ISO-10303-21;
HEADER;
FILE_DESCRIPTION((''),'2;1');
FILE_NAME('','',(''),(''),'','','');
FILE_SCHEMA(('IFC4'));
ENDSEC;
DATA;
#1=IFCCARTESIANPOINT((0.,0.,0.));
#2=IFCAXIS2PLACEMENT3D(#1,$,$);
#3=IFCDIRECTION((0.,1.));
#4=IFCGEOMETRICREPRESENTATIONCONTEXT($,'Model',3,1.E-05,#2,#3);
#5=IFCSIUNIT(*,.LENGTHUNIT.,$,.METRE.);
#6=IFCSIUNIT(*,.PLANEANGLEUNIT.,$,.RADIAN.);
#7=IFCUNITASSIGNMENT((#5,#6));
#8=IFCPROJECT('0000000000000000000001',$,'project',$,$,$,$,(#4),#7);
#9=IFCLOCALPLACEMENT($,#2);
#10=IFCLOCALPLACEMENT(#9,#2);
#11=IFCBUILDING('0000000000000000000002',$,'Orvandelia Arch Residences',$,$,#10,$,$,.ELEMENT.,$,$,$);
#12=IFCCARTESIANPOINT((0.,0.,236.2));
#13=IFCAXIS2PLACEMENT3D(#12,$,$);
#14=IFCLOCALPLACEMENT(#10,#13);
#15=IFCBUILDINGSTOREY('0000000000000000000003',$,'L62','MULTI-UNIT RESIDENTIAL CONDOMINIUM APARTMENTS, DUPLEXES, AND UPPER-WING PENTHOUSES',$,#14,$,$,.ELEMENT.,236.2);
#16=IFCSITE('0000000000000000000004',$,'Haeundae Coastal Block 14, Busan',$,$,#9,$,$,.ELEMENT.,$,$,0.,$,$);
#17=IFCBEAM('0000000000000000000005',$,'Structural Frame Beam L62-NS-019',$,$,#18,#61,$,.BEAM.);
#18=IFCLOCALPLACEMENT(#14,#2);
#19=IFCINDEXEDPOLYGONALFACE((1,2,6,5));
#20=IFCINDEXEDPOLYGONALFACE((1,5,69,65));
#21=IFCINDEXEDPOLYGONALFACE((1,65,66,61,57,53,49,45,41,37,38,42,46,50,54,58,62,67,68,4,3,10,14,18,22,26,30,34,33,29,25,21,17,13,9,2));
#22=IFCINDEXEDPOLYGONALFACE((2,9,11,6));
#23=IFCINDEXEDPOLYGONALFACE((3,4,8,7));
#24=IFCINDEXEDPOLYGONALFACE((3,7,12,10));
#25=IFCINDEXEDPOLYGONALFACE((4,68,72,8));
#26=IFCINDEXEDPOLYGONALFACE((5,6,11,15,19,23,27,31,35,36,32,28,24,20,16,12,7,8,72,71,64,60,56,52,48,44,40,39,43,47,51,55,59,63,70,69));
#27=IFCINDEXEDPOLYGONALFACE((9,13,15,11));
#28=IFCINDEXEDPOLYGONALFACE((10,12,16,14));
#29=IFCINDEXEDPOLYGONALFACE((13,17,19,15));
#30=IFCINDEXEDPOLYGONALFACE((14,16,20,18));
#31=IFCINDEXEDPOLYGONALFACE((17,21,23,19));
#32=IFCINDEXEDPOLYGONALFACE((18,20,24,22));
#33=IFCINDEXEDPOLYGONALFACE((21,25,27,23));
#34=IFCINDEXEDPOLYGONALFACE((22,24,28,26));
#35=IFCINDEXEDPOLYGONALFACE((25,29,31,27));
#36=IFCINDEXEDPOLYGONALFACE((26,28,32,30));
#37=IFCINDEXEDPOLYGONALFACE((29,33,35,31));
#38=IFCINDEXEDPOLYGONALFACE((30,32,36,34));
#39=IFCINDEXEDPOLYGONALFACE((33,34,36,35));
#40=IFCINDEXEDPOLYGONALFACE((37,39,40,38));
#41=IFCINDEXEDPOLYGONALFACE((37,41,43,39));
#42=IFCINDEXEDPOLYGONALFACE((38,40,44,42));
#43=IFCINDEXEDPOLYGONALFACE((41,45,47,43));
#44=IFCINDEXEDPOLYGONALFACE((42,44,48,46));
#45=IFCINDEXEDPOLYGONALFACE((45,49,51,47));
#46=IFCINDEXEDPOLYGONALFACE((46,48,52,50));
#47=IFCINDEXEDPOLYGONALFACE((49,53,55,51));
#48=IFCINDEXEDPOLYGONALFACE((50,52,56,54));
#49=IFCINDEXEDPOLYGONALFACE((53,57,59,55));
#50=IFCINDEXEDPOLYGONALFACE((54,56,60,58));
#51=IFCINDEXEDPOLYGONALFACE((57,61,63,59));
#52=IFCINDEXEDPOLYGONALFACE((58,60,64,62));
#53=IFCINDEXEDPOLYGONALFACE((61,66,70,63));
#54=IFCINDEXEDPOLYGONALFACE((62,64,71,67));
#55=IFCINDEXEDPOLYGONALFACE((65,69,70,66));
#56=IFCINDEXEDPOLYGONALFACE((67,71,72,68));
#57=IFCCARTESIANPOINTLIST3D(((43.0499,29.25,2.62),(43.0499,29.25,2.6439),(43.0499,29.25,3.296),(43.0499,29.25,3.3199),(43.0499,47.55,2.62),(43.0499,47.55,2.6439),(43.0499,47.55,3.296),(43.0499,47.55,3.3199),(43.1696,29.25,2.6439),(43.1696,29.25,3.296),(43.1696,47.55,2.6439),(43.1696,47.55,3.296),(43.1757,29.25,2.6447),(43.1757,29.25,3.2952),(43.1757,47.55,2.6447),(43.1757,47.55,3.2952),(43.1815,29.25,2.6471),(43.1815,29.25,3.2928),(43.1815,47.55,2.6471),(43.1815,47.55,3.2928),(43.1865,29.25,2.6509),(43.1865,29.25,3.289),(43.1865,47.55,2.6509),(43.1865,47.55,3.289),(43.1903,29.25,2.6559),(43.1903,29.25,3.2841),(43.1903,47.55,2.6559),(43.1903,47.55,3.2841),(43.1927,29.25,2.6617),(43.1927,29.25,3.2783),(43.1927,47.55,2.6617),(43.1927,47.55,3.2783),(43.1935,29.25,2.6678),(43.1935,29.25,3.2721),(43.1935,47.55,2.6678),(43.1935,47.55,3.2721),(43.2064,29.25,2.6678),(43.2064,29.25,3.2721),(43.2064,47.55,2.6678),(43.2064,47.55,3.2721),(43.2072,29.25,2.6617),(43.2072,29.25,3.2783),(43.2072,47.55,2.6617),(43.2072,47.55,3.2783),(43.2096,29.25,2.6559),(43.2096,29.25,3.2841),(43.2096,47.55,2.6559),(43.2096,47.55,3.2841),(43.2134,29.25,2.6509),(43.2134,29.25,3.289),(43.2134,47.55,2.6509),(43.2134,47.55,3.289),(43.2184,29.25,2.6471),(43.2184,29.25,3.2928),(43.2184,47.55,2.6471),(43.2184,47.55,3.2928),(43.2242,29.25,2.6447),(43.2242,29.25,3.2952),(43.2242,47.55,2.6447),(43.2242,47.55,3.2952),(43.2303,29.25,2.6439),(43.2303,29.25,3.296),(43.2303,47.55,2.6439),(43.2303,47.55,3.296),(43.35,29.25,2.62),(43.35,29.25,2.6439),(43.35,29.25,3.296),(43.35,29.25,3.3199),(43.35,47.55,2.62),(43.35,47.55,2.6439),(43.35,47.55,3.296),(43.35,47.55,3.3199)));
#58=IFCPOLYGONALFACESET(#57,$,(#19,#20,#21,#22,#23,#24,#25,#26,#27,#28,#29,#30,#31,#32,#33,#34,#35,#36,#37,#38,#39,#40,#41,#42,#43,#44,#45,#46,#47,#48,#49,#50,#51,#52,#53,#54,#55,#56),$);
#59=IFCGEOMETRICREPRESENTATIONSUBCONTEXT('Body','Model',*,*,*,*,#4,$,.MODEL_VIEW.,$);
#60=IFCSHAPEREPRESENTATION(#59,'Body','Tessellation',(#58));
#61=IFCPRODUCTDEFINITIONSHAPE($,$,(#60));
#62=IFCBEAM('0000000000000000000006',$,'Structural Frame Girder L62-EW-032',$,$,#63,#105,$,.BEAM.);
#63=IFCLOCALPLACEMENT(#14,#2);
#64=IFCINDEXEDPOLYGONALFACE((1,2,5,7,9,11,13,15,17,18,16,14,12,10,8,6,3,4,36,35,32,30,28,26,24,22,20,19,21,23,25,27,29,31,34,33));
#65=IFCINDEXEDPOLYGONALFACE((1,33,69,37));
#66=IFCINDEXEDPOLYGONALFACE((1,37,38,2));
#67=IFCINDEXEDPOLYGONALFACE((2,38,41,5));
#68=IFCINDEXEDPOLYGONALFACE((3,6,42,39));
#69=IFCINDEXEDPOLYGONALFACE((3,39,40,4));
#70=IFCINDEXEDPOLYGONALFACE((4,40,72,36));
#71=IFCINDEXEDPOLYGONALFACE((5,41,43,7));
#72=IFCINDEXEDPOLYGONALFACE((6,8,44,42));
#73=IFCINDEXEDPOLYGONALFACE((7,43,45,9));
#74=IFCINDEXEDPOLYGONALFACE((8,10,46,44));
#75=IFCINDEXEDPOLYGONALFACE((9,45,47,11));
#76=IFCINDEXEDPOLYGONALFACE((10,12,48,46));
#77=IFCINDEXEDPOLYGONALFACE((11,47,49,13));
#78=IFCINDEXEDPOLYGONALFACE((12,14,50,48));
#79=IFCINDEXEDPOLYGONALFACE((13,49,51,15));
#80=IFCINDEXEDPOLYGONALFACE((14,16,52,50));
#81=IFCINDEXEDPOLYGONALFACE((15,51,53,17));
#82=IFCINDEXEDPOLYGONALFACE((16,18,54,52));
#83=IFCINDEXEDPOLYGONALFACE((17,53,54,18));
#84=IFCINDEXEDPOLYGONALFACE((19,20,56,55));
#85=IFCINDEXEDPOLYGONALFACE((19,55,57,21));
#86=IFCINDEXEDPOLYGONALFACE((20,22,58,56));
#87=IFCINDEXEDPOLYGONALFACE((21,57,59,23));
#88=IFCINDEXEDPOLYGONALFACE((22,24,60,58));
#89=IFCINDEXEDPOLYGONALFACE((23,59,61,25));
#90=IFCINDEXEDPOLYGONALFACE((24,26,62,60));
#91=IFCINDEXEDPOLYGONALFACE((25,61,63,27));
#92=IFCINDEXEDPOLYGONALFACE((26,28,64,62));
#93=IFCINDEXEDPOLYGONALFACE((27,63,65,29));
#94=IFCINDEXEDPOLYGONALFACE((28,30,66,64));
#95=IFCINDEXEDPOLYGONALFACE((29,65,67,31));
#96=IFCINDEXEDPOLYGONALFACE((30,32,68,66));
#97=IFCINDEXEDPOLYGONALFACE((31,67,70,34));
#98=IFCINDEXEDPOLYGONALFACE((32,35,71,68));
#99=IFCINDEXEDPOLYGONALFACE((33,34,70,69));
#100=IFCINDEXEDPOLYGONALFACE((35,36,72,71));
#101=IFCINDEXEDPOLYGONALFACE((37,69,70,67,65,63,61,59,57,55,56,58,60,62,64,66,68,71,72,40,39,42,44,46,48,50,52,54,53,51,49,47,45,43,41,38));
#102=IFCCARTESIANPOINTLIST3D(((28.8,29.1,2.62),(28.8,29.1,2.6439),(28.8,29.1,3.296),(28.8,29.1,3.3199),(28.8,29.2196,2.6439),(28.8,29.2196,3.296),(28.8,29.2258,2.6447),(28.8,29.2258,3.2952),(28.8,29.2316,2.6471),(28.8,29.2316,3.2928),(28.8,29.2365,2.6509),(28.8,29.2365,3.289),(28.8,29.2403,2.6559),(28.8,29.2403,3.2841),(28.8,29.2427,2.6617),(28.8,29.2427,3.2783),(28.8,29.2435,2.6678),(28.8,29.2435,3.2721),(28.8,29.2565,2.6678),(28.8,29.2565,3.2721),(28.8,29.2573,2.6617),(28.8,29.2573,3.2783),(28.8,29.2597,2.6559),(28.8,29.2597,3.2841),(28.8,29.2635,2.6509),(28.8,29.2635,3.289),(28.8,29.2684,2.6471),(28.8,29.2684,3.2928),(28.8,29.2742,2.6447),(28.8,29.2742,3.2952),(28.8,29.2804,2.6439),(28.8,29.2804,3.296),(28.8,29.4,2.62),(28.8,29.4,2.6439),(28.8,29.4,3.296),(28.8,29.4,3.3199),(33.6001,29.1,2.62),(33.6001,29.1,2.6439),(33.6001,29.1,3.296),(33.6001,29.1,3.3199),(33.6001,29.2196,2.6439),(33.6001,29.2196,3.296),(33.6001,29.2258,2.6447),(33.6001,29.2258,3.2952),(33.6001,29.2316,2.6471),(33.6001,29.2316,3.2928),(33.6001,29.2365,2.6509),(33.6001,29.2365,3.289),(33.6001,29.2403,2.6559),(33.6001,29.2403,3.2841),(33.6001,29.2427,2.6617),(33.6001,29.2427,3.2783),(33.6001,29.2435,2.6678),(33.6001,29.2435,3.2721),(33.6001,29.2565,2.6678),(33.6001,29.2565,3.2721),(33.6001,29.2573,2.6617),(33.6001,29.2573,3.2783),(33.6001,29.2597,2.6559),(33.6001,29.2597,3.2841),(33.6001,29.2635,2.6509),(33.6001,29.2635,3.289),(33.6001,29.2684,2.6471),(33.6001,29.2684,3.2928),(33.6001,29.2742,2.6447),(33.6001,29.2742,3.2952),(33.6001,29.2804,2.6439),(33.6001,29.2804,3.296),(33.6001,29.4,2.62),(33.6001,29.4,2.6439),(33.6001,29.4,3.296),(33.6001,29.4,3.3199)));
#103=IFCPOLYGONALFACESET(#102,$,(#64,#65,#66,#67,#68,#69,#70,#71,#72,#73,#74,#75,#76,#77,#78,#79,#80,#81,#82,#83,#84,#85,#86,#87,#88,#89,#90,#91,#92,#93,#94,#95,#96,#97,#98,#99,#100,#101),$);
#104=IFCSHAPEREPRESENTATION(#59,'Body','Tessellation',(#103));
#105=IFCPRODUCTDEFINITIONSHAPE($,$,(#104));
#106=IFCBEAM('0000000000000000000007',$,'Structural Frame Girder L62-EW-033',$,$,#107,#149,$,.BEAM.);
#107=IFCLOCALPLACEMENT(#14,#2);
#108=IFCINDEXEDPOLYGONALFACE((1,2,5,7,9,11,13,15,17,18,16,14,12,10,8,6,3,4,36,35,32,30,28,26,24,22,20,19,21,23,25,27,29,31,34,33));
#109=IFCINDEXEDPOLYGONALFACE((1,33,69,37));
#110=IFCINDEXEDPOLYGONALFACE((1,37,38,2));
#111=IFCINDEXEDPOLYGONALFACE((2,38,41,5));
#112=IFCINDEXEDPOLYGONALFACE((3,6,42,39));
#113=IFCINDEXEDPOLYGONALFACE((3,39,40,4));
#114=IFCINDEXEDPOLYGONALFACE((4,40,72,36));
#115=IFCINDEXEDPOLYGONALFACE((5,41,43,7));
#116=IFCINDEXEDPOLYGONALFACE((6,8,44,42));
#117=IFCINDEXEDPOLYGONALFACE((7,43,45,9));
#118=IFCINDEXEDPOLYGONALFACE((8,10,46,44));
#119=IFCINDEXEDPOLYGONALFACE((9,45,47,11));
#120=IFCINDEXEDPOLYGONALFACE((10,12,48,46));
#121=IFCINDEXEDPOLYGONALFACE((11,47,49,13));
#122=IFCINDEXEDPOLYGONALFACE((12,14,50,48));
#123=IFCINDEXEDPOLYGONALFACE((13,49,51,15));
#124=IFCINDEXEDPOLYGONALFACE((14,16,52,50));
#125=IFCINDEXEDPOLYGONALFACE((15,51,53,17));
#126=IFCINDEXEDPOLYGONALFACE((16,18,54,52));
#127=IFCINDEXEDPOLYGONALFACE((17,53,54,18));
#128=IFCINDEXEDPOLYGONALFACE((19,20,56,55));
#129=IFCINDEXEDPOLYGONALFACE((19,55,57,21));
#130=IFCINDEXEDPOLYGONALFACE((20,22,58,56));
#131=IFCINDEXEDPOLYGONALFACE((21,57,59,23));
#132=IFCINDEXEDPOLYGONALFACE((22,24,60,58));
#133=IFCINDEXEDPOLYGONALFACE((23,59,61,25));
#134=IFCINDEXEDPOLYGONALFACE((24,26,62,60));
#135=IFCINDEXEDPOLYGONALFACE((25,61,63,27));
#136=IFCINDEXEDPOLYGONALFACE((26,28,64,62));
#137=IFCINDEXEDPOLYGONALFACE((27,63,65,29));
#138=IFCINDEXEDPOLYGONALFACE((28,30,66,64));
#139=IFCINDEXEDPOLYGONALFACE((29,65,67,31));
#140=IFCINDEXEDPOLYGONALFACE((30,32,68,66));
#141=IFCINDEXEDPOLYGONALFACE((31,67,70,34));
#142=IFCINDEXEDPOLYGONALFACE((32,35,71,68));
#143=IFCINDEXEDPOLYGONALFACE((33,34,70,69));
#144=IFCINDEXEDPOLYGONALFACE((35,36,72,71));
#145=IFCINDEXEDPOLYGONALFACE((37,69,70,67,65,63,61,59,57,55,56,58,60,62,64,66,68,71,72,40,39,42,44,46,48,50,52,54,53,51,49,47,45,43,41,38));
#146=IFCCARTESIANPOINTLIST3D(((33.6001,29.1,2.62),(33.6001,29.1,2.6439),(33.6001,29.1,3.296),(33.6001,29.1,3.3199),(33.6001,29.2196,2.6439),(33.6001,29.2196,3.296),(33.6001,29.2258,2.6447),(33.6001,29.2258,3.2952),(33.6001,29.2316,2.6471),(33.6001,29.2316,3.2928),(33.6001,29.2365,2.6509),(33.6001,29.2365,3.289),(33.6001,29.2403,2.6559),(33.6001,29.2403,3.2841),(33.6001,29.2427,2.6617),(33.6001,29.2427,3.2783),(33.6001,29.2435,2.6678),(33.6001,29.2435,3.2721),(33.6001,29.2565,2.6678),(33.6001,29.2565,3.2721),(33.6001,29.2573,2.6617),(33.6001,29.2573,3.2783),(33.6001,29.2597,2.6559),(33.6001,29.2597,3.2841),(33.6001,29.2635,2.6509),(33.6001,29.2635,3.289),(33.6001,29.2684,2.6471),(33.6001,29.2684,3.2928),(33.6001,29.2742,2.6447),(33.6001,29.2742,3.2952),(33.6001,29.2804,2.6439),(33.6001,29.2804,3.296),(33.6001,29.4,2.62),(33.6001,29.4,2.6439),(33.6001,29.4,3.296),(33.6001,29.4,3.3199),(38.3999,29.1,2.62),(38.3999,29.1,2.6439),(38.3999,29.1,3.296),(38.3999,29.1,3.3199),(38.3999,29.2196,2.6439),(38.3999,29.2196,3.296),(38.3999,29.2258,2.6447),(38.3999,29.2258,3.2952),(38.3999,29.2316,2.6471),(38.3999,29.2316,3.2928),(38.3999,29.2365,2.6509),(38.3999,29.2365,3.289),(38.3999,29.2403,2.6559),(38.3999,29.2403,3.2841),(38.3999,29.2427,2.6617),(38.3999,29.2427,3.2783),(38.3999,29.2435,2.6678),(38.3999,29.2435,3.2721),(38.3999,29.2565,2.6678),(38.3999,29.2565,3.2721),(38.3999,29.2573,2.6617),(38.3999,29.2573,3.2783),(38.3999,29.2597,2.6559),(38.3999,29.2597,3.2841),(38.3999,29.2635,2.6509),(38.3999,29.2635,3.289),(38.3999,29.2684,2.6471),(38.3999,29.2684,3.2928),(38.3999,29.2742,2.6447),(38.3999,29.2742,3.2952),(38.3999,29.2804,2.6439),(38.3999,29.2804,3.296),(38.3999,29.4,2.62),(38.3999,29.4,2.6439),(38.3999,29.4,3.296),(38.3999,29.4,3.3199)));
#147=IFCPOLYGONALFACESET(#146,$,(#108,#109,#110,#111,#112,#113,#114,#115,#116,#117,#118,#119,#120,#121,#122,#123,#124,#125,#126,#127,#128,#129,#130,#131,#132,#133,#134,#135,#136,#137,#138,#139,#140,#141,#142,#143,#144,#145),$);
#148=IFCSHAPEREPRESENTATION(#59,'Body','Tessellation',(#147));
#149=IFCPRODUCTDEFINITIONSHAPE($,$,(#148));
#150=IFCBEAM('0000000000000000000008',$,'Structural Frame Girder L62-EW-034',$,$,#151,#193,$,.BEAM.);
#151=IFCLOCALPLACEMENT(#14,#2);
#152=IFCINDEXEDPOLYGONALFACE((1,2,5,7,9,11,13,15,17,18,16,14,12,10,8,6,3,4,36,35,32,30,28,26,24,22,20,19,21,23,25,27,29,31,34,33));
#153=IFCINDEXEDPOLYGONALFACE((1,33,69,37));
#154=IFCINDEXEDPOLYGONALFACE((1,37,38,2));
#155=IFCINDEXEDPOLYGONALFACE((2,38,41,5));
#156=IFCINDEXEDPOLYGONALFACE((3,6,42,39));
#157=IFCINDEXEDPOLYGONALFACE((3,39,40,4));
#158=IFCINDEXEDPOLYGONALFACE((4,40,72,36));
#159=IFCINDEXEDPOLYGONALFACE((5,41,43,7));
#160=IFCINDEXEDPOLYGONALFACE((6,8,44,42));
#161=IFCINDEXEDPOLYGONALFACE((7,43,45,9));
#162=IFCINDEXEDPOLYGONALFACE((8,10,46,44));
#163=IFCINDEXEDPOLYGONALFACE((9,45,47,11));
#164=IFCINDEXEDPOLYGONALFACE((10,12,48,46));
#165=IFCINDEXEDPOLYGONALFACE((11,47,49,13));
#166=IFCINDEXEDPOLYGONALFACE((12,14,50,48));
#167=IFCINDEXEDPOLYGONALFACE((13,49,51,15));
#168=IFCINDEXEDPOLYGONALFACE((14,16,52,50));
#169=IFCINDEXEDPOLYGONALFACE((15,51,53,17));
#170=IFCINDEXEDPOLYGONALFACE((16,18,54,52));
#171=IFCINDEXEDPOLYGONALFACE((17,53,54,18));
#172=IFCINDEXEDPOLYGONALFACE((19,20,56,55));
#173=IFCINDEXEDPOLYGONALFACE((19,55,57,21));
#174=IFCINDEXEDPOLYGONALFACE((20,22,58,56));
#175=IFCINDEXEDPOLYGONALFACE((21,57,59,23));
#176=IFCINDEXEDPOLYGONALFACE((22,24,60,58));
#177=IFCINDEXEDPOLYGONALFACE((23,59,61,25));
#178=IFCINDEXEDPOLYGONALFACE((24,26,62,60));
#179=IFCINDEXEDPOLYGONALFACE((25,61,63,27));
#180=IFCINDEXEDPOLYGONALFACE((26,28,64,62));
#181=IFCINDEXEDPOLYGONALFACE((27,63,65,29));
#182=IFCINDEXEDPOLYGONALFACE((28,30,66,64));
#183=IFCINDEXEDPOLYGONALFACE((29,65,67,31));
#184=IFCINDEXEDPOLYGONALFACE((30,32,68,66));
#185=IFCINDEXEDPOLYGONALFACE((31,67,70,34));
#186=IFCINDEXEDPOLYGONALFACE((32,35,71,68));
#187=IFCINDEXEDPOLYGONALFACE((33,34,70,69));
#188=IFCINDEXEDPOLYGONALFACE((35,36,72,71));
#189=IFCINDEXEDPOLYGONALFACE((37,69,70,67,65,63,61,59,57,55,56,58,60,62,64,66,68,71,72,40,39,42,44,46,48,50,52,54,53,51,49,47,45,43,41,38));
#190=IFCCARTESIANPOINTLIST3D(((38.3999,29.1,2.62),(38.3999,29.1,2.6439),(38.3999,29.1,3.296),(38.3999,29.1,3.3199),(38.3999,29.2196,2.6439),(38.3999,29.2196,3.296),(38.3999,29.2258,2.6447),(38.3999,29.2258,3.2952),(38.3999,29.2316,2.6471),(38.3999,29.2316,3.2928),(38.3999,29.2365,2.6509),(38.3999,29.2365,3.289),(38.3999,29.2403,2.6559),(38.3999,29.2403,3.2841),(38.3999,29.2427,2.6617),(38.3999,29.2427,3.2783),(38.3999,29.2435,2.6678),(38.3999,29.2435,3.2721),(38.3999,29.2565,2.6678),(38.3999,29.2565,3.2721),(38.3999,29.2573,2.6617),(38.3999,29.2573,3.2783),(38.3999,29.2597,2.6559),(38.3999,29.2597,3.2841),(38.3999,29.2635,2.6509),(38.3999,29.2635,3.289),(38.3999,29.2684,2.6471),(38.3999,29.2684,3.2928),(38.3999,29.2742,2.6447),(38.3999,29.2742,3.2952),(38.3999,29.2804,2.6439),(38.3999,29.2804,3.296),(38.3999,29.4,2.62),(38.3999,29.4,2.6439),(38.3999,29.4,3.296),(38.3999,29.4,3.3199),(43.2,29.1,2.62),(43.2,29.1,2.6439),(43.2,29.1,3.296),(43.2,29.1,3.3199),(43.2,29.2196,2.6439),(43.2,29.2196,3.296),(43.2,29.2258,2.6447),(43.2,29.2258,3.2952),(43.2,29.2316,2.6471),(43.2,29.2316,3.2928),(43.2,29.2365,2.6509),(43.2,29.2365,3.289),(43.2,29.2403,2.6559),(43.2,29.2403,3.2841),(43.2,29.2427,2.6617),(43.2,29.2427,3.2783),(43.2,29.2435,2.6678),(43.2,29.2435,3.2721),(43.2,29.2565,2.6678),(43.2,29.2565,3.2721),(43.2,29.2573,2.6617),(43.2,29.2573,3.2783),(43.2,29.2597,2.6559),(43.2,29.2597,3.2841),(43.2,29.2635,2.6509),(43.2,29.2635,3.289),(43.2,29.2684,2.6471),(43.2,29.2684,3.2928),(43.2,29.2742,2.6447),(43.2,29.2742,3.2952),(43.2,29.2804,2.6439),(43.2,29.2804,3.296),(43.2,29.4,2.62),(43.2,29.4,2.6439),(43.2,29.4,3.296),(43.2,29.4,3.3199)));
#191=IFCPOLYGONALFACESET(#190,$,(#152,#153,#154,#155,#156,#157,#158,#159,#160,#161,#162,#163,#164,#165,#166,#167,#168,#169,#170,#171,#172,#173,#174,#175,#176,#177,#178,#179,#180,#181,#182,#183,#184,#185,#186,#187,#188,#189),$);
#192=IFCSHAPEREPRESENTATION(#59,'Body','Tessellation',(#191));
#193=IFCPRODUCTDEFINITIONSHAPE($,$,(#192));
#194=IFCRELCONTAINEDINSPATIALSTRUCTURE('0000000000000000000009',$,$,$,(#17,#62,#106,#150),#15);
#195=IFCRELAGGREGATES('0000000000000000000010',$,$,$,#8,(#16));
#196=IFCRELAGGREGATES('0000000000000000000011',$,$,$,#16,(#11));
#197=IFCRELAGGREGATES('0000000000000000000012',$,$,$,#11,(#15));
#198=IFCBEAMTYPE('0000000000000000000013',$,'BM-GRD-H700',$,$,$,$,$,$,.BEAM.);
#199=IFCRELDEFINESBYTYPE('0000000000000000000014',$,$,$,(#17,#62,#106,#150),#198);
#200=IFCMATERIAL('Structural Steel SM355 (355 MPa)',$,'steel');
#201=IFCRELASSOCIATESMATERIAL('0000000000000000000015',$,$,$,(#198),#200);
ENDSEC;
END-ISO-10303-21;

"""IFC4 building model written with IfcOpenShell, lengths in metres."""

from ifc_helpers import new_model, si_unit, direction, frame, origin, origin_2d, place, context, subcontext, project, spatial, i_section, extrude, material, material_profile, profile_set, type_object, element, save


model = new_model("IFC4")

# Units and contexts
model_context = context("Model", 3, precision=1e-05, world=origin(), true_north=direction((0.0, 1.0)))
body_context = subcontext(model_context, "Body", "Model", "MODEL_VIEW")
ifc_project = project(units=[si_unit("LENGTHUNIT", "METRE"), si_unit("PLANEANGLEUNIT", "RADIAN")], contexts=[model_context])

# Site, building, storey
site_placement = place(None, origin())
site = spatial("IfcSite", under=ifc_project, at=site_placement, Name="Haeundae Coastal Block 14, Busan", CompositionType="ELEMENT", RefElevation=0.0)
building_placement = place(site_placement, origin())
building = spatial("IfcBuilding", under=site, at=building_placement, Name="Orvandelia Arch Residences", CompositionType="ELEMENT")
storey_placement = place(building_placement, frame((0.0, 0.0, 236.2)))
storey = spatial("IfcBuildingStorey", under=building, at=storey_placement, Name="L62", Description="MULTI-UNIT RESIDENTIAL CONDOMINIUM APARTMENTS, DUPLEXES, AND UPPER-WING PENTHOUSES", CompositionType="ELEMENT", Elevation=236.2)

# Beams
ifc_material_1 = material(Name="Structural Steel SM355 (355 MPa)", Category="steel")
ifc_material_profile_1 = material_profile(ifc_material_1, i_section(OverallWidth=0.3, OverallDepth=0.7, WebThickness=0.0129, FlangeThickness=0.0239, FilletRadius=0.0239, at=origin_2d()), Name="Structural Steel SM355 (355 MPa)", Category="steel")
ifc_profile_set_1 = profile_set([ifc_material_profile_1], Name="Structural Steel SM355 (355 MPa)")
beam_type = type_object("IfcBeamType", Name="BM-GRD-H700", PredefinedType="BEAM", material=ifc_profile_set_1)
for number, where, z_axis, x_axis, name in (
    (1, (43.2, 29.25, 2.97), (0.0, 1.0, 0.0), (-1.0, 0.0, 0.0), "Structural Frame Beam L62-NS-019"),
):
    element("IfcBeam", number, at=place(storey_placement, frame(where, z_axis=z_axis, x_axis=x_axis)), inside=storey, type_object=beam_type, Name=name, PredefinedType="BEAM", context=body_context, shape_type="SweptSolid", body=[
        extrude(i_section(OverallWidth=0.3, OverallDepth=0.7, WebThickness=0.0129, FlangeThickness=0.0239, FilletRadius=0.0239, at=origin_2d()), origin(), (0.0, 0.0, 1.0), 18.3),
    ])
beam_1_placement = place(storey_placement, frame((28.8, 29.25, 2.97), z_axis=(1.0, 0.0, 0.0), x_axis=(0.0, 1.0, 0.0)))
element("IfcBeam", 2, at=beam_1_placement, inside=storey, type_object=beam_type, Name="Structural Frame Girder L62-EW-032", PredefinedType="BEAM", context=body_context, shape_type="SweptSolid", body=[
    extrude(i_section(OverallWidth=0.3, OverallDepth=0.7, WebThickness=0.0129, FlangeThickness=0.0239, FilletRadius=0.0239, at=origin_2d()), origin(), (0.0, 0.0, 1.0), 4.8),
])
beam_2_placement = place(storey_placement, frame((33.6001, 29.25, 2.97), z_axis=(1.0, 0.0, 0.0), x_axis=(0.0, 1.0, 0.0)))
element("IfcBeam", 3, at=beam_2_placement, inside=storey, type_object=beam_type, Name="Structural Frame Girder L62-EW-033", PredefinedType="BEAM", context=body_context, shape_type="SweptSolid", body=[
    extrude(i_section(OverallWidth=0.3, OverallDepth=0.7, WebThickness=0.0129, FlangeThickness=0.0239, FilletRadius=0.0239, at=origin_2d()), origin(), (0.0, 0.0, 1.0), 4.7998),
])
for number, where, z_axis, x_axis, name in (
    (4, (38.3999, 29.25, 2.97), (1.0, 0.0, 0.0), (0.0, 1.0, 0.0), "Structural Frame Girder L62-EW-034"),
):
    element("IfcBeam", number, at=place(storey_placement, frame(where, z_axis=z_axis, x_axis=x_axis)), inside=storey, type_object=beam_type, Name=name, PredefinedType="BEAM", context=body_context, shape_type="SweptSolid", body=[
        extrude(i_section(OverallWidth=0.3, OverallDepth=0.7, WebThickness=0.0129, FlangeThickness=0.0239, FilletRadius=0.0239, at=origin_2d()), origin(), (0.0, 0.0, 1.0), 4.8),
    ])

save(model, "model.ifc")
